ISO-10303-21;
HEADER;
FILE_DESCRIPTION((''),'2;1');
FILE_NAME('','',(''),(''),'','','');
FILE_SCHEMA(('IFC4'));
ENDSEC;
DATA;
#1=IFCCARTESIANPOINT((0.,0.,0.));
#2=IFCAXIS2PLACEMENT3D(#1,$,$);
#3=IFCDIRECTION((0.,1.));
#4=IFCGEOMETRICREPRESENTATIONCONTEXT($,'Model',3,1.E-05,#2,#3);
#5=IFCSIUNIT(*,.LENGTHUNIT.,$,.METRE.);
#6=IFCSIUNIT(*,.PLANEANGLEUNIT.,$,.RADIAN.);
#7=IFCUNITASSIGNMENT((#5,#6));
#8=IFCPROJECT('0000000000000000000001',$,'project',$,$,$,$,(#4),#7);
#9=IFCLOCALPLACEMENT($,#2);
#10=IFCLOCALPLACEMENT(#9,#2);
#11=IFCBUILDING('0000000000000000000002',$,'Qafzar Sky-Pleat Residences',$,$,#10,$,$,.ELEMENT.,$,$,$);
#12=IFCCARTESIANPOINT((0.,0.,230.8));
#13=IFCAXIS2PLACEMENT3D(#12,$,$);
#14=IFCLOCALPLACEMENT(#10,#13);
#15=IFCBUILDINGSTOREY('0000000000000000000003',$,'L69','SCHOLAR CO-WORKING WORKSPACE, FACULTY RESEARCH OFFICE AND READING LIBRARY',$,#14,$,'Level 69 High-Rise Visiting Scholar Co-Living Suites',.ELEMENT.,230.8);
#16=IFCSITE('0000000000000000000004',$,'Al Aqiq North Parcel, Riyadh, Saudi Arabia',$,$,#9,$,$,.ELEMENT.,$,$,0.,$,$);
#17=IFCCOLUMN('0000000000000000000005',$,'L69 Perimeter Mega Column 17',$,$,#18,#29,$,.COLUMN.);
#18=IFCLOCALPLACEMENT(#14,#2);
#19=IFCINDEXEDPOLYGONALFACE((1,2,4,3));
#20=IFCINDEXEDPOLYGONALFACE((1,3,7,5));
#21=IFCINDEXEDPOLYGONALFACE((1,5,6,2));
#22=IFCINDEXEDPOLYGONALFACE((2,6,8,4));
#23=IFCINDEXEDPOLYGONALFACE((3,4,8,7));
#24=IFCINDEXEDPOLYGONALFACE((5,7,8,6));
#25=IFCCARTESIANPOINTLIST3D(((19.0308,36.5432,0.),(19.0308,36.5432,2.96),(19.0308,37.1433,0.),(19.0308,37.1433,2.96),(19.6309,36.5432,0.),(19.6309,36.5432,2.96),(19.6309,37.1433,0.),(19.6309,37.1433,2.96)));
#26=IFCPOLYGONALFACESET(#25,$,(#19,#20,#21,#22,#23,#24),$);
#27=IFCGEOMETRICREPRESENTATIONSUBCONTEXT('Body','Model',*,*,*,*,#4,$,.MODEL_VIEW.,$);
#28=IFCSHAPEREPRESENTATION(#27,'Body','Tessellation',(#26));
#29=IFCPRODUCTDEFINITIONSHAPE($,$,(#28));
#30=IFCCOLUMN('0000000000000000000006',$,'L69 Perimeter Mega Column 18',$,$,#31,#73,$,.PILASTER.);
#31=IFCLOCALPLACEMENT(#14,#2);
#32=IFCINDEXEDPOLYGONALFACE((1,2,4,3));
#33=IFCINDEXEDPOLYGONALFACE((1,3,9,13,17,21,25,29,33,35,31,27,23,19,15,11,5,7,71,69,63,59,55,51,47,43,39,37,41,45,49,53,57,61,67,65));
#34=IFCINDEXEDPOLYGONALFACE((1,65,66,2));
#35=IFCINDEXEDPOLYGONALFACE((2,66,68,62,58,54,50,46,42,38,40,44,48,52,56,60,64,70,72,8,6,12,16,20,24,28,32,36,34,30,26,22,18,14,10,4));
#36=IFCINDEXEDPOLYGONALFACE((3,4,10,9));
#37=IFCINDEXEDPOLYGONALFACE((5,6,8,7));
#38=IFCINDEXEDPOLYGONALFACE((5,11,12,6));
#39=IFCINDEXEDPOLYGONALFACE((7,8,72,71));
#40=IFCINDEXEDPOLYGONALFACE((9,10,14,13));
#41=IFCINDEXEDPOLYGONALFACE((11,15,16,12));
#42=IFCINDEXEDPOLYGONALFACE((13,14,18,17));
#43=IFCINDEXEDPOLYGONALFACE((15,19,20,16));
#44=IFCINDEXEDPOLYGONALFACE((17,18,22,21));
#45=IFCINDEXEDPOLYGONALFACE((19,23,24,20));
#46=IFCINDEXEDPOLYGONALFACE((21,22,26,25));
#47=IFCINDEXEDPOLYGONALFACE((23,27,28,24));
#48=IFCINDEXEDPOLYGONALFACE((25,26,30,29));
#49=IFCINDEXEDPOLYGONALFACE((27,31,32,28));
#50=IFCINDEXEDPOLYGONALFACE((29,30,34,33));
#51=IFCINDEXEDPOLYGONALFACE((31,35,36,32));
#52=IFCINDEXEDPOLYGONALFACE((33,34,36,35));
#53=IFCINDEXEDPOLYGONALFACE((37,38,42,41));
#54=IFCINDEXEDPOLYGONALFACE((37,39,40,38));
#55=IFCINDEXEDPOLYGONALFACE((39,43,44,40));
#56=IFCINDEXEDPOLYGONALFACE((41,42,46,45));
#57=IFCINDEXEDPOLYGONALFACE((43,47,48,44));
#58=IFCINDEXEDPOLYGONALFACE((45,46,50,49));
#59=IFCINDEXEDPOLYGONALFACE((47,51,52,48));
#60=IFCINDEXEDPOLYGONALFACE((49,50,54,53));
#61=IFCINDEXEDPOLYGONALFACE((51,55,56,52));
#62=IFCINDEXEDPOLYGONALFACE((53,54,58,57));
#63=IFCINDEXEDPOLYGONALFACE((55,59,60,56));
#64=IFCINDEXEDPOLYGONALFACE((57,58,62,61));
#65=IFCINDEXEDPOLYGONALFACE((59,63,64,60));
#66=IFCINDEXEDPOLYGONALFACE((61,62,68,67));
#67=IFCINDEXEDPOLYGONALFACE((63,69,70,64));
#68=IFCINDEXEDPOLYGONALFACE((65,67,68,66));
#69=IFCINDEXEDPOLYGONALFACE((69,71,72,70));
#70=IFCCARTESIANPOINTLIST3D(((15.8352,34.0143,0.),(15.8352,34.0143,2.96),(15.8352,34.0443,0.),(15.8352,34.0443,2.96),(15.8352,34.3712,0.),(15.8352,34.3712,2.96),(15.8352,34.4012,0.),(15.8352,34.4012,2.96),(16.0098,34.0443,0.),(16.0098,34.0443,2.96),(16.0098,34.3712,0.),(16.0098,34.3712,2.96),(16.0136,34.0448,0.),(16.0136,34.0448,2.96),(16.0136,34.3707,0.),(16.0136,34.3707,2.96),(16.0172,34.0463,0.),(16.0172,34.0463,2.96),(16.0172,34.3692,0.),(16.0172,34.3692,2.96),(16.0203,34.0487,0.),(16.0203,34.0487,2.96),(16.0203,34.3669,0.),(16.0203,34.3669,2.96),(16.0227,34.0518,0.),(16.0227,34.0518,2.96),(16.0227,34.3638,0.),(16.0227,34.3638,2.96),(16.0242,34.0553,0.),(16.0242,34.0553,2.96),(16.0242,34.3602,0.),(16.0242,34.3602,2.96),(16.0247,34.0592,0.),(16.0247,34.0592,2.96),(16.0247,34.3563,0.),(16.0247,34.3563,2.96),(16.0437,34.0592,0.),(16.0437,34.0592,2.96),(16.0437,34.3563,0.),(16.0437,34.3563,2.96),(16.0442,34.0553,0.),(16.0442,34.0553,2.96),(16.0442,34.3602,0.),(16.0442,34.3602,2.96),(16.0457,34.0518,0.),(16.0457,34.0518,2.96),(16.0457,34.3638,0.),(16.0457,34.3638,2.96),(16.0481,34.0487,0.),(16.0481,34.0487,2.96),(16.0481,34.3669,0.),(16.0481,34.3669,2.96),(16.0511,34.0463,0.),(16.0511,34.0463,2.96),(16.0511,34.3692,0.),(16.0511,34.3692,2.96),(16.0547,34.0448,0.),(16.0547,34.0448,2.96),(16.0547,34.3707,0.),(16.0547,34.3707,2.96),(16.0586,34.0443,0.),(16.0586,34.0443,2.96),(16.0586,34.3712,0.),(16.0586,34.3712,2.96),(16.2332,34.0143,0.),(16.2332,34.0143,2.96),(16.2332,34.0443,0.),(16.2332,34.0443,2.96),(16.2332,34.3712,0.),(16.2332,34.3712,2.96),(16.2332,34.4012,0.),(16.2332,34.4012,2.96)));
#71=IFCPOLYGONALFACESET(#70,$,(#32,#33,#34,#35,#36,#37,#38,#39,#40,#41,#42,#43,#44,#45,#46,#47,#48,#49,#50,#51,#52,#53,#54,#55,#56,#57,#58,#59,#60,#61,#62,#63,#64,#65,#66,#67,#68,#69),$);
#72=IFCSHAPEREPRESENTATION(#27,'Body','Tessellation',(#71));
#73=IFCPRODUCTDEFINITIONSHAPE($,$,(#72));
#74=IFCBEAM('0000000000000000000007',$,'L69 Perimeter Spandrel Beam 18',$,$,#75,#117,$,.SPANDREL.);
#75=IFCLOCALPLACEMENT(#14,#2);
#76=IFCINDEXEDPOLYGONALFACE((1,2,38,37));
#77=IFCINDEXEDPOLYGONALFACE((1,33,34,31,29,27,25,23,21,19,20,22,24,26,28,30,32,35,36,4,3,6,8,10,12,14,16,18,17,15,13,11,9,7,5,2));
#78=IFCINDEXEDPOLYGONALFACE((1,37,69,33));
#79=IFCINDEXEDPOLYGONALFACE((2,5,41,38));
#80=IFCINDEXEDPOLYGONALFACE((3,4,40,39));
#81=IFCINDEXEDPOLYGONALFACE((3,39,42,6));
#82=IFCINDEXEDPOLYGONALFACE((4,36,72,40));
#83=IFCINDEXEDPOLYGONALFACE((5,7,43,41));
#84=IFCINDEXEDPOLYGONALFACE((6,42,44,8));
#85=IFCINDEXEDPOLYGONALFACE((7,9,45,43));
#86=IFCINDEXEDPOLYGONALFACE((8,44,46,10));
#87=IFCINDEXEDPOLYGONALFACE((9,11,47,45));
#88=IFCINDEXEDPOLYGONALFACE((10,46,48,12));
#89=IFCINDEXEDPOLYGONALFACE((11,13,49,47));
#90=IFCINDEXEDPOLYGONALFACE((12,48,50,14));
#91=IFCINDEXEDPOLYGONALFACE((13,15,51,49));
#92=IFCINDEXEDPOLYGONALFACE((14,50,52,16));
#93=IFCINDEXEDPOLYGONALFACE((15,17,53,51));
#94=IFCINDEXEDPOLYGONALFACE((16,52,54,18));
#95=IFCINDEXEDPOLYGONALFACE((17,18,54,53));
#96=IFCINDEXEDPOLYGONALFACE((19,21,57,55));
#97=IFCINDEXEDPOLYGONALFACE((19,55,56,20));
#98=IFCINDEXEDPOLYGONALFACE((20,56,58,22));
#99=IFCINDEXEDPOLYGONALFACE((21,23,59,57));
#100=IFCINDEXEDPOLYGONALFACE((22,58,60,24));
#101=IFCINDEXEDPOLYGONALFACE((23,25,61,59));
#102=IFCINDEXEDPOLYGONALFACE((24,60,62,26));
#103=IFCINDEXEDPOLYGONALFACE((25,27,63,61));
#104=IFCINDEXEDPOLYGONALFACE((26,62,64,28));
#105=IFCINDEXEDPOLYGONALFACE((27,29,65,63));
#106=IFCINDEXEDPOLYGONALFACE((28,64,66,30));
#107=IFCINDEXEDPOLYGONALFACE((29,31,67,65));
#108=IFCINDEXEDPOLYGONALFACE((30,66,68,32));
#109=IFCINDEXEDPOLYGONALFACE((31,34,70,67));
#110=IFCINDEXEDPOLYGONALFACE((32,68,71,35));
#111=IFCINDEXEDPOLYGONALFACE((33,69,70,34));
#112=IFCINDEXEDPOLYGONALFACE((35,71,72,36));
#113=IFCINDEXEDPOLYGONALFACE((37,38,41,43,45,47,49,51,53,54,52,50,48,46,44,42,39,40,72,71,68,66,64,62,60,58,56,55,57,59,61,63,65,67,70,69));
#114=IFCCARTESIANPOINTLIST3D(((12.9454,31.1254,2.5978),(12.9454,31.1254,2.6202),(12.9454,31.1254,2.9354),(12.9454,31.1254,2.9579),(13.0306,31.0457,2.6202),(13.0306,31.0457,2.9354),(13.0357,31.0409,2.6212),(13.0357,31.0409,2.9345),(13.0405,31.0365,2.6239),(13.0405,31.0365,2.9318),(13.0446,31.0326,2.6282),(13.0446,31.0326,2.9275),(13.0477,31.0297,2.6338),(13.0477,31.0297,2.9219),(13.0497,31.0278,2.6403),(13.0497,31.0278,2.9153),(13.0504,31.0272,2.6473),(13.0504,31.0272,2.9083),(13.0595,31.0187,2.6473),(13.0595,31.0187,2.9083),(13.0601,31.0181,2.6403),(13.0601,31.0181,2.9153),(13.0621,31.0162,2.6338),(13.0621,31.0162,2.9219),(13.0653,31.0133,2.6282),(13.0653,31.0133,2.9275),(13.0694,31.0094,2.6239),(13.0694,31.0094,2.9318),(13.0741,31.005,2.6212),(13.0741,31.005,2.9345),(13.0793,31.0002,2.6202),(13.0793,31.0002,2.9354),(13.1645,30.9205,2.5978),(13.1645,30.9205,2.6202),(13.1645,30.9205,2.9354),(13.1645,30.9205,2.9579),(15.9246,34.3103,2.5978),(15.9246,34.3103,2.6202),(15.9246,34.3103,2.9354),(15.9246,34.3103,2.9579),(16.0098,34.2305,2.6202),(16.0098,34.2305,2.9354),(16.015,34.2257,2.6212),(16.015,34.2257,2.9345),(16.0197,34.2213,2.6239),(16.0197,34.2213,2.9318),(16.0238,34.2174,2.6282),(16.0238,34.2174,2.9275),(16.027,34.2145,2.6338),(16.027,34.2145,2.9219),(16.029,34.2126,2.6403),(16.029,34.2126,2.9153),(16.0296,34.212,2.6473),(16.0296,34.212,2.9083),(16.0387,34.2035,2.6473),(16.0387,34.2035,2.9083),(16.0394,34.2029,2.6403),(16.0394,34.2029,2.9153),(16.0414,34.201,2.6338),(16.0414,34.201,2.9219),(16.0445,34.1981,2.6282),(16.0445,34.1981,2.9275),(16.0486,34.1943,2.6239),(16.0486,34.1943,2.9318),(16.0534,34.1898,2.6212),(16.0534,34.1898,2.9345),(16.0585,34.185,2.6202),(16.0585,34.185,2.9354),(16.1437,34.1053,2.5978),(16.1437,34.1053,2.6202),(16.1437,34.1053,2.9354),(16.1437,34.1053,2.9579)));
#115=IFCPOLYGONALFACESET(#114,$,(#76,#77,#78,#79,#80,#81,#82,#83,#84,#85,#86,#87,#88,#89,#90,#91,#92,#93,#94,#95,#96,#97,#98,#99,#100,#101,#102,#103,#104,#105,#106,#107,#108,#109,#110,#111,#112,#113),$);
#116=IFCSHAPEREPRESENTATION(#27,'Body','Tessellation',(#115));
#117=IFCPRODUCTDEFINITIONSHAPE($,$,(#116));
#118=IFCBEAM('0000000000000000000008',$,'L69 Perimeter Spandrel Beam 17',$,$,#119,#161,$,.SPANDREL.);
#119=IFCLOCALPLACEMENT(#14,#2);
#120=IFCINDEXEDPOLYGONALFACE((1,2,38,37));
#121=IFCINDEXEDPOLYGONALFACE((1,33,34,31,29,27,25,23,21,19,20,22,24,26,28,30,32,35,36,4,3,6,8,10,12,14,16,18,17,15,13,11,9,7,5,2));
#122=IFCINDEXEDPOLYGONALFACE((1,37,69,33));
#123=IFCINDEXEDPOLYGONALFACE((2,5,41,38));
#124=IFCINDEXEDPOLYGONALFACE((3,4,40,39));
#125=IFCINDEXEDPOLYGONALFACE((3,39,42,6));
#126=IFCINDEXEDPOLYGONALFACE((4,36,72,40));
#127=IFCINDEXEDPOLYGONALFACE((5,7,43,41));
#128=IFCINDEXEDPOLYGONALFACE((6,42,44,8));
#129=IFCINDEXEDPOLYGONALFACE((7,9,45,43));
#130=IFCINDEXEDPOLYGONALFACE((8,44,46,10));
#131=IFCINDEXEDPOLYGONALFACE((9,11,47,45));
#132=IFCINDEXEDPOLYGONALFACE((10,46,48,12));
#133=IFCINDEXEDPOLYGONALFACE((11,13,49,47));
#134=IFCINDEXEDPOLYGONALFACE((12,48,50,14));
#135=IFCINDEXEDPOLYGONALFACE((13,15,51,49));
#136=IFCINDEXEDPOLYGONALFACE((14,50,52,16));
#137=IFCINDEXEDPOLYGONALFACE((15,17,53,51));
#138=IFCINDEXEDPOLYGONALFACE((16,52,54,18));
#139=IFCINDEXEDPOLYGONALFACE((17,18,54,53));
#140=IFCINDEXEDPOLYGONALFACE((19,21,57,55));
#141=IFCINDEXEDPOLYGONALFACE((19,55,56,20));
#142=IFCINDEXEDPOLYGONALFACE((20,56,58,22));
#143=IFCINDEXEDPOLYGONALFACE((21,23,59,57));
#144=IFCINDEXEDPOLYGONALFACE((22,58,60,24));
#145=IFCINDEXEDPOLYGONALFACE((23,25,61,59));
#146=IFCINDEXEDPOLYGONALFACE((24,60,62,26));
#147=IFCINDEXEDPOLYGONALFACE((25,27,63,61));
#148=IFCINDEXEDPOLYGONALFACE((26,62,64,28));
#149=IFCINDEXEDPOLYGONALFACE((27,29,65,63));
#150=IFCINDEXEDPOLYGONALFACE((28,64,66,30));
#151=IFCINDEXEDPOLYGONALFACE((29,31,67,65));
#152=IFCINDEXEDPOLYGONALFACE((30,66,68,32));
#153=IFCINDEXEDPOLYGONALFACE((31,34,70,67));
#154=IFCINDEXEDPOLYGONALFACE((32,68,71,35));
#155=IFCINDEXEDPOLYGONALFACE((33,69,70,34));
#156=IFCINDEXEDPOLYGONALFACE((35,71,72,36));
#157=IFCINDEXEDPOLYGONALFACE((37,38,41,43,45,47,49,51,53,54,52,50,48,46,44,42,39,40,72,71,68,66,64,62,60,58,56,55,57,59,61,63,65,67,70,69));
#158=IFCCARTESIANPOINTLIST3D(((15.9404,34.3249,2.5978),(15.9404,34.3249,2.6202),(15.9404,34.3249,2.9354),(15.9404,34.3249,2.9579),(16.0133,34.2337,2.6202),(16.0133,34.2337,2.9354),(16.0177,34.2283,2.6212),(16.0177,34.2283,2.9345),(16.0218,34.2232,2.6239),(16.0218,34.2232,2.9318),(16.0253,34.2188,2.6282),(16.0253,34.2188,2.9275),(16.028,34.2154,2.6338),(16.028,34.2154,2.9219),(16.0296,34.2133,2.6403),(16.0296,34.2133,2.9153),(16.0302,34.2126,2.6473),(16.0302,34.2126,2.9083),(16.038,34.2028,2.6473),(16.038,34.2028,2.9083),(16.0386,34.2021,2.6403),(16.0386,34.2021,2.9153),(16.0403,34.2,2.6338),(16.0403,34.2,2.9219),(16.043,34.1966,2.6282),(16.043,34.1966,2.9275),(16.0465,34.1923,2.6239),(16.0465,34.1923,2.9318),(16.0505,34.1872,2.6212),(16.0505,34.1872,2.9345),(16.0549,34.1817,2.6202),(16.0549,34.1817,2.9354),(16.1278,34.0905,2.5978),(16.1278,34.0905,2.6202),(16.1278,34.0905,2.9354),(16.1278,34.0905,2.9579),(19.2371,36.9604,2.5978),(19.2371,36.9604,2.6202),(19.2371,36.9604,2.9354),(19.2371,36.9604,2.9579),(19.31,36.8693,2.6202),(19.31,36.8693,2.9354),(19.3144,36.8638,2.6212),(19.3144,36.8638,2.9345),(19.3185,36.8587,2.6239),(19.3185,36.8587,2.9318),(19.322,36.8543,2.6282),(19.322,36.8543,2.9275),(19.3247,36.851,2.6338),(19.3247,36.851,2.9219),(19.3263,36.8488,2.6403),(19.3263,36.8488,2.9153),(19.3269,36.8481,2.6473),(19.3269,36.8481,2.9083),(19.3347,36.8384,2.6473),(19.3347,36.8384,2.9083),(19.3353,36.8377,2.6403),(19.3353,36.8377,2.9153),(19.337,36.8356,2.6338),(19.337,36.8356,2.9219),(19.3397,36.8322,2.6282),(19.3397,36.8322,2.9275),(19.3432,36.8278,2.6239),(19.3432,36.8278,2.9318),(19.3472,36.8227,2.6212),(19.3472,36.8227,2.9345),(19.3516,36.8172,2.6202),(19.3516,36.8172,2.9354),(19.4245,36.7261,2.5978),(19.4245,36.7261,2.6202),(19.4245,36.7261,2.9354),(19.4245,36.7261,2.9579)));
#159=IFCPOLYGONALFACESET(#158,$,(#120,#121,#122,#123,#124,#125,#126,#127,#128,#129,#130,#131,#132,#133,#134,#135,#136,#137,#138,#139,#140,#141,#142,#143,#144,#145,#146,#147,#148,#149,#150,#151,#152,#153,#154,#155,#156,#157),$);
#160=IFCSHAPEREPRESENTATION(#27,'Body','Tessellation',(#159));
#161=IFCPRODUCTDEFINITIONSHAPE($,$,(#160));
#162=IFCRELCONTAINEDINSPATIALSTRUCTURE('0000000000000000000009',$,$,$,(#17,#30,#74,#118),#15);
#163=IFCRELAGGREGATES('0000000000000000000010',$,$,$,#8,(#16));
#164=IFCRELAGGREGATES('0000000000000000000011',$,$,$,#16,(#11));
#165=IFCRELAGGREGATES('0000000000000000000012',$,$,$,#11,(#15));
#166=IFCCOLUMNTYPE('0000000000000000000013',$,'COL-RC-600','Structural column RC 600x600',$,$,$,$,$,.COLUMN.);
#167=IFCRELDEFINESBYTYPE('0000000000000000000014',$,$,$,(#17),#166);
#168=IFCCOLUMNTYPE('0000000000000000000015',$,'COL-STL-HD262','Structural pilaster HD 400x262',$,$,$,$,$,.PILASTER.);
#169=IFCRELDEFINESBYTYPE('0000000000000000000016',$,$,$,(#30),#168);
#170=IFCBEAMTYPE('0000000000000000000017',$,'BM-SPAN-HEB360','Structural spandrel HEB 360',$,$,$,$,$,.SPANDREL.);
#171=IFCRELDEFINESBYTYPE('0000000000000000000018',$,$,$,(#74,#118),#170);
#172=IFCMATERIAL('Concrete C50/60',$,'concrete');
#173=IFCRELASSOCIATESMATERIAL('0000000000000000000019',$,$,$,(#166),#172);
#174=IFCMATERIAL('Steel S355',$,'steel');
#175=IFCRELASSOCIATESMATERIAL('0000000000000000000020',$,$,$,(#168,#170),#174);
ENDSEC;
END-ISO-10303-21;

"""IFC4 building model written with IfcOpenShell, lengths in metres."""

from ifc_helpers import new_model, si_unit, direction, frame, origin, origin_2d, place, context, subcontext, project, spatial, rectangle, i_section, extrude, source, transform, mapped, material, material_profile, profile_set, type_object, element, save


model = new_model("IFC4")

# Units and contexts
model_context = context("Model", 3, precision=1e-05, world=origin(), true_north=direction((0.0, 1.0)))
body_context = subcontext(model_context, "Body", "Model", "MODEL_VIEW")
ifc_project = project(units=[si_unit("LENGTHUNIT", "METRE"), si_unit("PLANEANGLEUNIT", "RADIAN")], contexts=[model_context])

# Site, building, storey
site_placement = place(None, origin())
site = spatial("IfcSite", under=ifc_project, at=site_placement, Name="Al Aqiq North Parcel, Riyadh, Saudi Arabia", CompositionType="ELEMENT", RefElevation=0.0)
building_placement = place(site_placement, origin())
building = spatial("IfcBuilding", under=site, at=building_placement, Name="Qafzar Sky-Pleat Residences", CompositionType="ELEMENT")
storey_placement = place(building_placement, frame((0.0, 0.0, 230.8)))
storey = spatial("IfcBuildingStorey", under=building, at=storey_placement, Name="L69", Description="SCHOLAR CO-WORKING WORKSPACE, FACULTY RESEARCH OFFICE AND READING LIBRARY", LongName="Level 69 High-Rise Visiting Scholar Co-Living Suites", CompositionType="ELEMENT", Elevation=230.8)

# Columns
ifc_material_1 = material(Name="Concrete C50/60", Category="concrete")
ifc_material_profile_1 = material_profile(ifc_material_1, rectangle(XDim=0.6001, YDim=0.6001, at=origin_2d()), Name="RC 600x600")
ifc_profile_set_1 = profile_set([ifc_material_profile_1], Name="Concrete C50/60")
column_type_1 = type_object("IfcColumnType", Name="COL-RC-600", Description="Structural column RC 600x600", PredefinedType="COLUMN", material=ifc_profile_set_1)
shared_shape_1 = source(origin(), body_context, "Body", "SweptSolid", [
    extrude(rectangle(XDim=0.6001, YDim=0.6001, at=origin_2d()), origin(), (0.0, 0.0, 1.0), 2.96),
])
column_1_placement = place(storey_placement, frame((19.3308, 36.8433, 0.0), z_axis=(0.0, 0.0, 1.0), x_axis=(1.0, 0.0, 0.0)))
element("IfcColumn", 1, at=column_1_placement, inside=storey, type_object=column_type_1, Name="L69 Perimeter Mega Column 17", PredefinedType="COLUMN", context=body_context, shape_type="MappedRepresentation", body=[
    mapped(shared_shape_1, transform((0.0, 0.0, 0.0), x_axis=(1.0, 0.0, 0.0), y_axis=(0.0, 1.0, 0.0), z_axis=(0.0, 0.0, 1.0), scale=1.0)),
])
ifc_material_2 = material(Name="Steel S355", Category="steel")
ifc_material_profile_2 = material_profile(ifc_material_2, i_section(OverallWidth=0.3979, OverallDepth=0.387, WebThickness=0.019, FlangeThickness=0.03, FilletRadius=0.0149, at=origin_2d()), Name="HD 400x262")
ifc_profile_set_2 = profile_set([ifc_material_profile_2], Name="Steel S355")
column_type_2 = type_object("IfcColumnType", Name="COL-STL-HD262", Description="Structural pilaster HD 400x262", PredefinedType="PILASTER", material=ifc_profile_set_2)
shared_shape_2 = source(origin(), body_context, "Body", "SweptSolid", [
    extrude(i_section(OverallWidth=0.3979, OverallDepth=0.387, WebThickness=0.019, FlangeThickness=0.03, FilletRadius=0.0149, at=origin_2d()), origin(), (0.0, 0.0, 1.0), 2.96),
])
column_2_placement = place(storey_placement, frame((16.0342, 34.2078, 0.0), z_axis=(0.0, 0.0, 1.0), x_axis=(1.0, 0.0, 0.0)))
element("IfcColumn", 2, at=column_2_placement, inside=storey, type_object=column_type_2, Name="L69 Perimeter Mega Column 18", PredefinedType="PILASTER", context=body_context, shape_type="MappedRepresentation", body=[
    mapped(shared_shape_2, transform((0.0, 0.0, 0.0), x_axis=(1.0, 0.0, 0.0), y_axis=(0.0, 1.0, 0.0), z_axis=(0.0, 0.0, 1.0), scale=1.0)),
])

# Beams
ifc_material_profile_3 = material_profile(ifc_material_2, i_section(OverallWidth=0.3, OverallDepth=0.3601, WebThickness=0.0125, FlangeThickness=0.0225, FilletRadius=0.0271, at=origin_2d()), Name="HEB 360")
ifc_profile_set_3 = profile_set([ifc_material_profile_3], Name="Steel S355")
beam_type_1 = type_object("IfcBeamType", Name="BM-SPAN-HEB360", Description="Structural spandrel HEB 360", PredefinedType="SPANDREL", material=ifc_profile_set_3)
shared_shape_3 = source(origin(), body_context, "Body", "SweptSolid", [
    extrude(i_section(OverallWidth=0.3, OverallDepth=0.3601, WebThickness=0.0125, FlangeThickness=0.0225, FilletRadius=0.0271, at=origin_2d()), origin(), (0.0, 0.0, 1.0), 4.3611),
])
beam_1_placement = place(storey_placement, frame((16.0342, 34.2078, 2.7778), z_axis=(-0.683146, -0.730282, 0.0), x_axis=(0.730282, -0.683146, 0.0)))
element("IfcBeam", 3, at=beam_1_placement, inside=storey, type_object=beam_type_1, Name="L69 Perimeter Spandrel Beam 18", PredefinedType="SPANDREL", context=body_context, shape_type="MappedRepresentation", body=[
    mapped(shared_shape_3, transform((0.0, 0.0, 0.0), x_axis=(1.0, 0.0, 0.0), y_axis=(0.0, 1.0, 0.0), z_axis=(0.0, 0.0, 1.0), scale=1.0)),
])
shared_shape_4 = source(origin(), body_context, "Body", "SweptSolid", [
    extrude(i_section(OverallWidth=0.3, OverallDepth=0.3601, WebThickness=0.0125, FlangeThickness=0.0225, FilletRadius=0.0271, at=origin_2d()), origin(), (0.0, 0.0, 1.0), 4.2207),
])
beam_2_placement = place(storey_placement, frame((19.3308, 36.8433, 2.7778), z_axis=(-0.781078, -0.624434, 0.0), x_axis=(0.624434, -0.781078, 0.0)))
element("IfcBeam", 4, at=beam_2_placement, inside=storey, type_object=beam_type_1, Name="L69 Perimeter Spandrel Beam 17", PredefinedType="SPANDREL", context=body_context, shape_type="MappedRepresentation", body=[
    mapped(shared_shape_4, transform((0.0, 0.0, 0.0), x_axis=(1.0, 0.0, 0.0), y_axis=(0.0, 1.0, 0.0), z_axis=(0.0, 0.0, 1.0), scale=1.0)),
])

save(model, "model.ifc")
